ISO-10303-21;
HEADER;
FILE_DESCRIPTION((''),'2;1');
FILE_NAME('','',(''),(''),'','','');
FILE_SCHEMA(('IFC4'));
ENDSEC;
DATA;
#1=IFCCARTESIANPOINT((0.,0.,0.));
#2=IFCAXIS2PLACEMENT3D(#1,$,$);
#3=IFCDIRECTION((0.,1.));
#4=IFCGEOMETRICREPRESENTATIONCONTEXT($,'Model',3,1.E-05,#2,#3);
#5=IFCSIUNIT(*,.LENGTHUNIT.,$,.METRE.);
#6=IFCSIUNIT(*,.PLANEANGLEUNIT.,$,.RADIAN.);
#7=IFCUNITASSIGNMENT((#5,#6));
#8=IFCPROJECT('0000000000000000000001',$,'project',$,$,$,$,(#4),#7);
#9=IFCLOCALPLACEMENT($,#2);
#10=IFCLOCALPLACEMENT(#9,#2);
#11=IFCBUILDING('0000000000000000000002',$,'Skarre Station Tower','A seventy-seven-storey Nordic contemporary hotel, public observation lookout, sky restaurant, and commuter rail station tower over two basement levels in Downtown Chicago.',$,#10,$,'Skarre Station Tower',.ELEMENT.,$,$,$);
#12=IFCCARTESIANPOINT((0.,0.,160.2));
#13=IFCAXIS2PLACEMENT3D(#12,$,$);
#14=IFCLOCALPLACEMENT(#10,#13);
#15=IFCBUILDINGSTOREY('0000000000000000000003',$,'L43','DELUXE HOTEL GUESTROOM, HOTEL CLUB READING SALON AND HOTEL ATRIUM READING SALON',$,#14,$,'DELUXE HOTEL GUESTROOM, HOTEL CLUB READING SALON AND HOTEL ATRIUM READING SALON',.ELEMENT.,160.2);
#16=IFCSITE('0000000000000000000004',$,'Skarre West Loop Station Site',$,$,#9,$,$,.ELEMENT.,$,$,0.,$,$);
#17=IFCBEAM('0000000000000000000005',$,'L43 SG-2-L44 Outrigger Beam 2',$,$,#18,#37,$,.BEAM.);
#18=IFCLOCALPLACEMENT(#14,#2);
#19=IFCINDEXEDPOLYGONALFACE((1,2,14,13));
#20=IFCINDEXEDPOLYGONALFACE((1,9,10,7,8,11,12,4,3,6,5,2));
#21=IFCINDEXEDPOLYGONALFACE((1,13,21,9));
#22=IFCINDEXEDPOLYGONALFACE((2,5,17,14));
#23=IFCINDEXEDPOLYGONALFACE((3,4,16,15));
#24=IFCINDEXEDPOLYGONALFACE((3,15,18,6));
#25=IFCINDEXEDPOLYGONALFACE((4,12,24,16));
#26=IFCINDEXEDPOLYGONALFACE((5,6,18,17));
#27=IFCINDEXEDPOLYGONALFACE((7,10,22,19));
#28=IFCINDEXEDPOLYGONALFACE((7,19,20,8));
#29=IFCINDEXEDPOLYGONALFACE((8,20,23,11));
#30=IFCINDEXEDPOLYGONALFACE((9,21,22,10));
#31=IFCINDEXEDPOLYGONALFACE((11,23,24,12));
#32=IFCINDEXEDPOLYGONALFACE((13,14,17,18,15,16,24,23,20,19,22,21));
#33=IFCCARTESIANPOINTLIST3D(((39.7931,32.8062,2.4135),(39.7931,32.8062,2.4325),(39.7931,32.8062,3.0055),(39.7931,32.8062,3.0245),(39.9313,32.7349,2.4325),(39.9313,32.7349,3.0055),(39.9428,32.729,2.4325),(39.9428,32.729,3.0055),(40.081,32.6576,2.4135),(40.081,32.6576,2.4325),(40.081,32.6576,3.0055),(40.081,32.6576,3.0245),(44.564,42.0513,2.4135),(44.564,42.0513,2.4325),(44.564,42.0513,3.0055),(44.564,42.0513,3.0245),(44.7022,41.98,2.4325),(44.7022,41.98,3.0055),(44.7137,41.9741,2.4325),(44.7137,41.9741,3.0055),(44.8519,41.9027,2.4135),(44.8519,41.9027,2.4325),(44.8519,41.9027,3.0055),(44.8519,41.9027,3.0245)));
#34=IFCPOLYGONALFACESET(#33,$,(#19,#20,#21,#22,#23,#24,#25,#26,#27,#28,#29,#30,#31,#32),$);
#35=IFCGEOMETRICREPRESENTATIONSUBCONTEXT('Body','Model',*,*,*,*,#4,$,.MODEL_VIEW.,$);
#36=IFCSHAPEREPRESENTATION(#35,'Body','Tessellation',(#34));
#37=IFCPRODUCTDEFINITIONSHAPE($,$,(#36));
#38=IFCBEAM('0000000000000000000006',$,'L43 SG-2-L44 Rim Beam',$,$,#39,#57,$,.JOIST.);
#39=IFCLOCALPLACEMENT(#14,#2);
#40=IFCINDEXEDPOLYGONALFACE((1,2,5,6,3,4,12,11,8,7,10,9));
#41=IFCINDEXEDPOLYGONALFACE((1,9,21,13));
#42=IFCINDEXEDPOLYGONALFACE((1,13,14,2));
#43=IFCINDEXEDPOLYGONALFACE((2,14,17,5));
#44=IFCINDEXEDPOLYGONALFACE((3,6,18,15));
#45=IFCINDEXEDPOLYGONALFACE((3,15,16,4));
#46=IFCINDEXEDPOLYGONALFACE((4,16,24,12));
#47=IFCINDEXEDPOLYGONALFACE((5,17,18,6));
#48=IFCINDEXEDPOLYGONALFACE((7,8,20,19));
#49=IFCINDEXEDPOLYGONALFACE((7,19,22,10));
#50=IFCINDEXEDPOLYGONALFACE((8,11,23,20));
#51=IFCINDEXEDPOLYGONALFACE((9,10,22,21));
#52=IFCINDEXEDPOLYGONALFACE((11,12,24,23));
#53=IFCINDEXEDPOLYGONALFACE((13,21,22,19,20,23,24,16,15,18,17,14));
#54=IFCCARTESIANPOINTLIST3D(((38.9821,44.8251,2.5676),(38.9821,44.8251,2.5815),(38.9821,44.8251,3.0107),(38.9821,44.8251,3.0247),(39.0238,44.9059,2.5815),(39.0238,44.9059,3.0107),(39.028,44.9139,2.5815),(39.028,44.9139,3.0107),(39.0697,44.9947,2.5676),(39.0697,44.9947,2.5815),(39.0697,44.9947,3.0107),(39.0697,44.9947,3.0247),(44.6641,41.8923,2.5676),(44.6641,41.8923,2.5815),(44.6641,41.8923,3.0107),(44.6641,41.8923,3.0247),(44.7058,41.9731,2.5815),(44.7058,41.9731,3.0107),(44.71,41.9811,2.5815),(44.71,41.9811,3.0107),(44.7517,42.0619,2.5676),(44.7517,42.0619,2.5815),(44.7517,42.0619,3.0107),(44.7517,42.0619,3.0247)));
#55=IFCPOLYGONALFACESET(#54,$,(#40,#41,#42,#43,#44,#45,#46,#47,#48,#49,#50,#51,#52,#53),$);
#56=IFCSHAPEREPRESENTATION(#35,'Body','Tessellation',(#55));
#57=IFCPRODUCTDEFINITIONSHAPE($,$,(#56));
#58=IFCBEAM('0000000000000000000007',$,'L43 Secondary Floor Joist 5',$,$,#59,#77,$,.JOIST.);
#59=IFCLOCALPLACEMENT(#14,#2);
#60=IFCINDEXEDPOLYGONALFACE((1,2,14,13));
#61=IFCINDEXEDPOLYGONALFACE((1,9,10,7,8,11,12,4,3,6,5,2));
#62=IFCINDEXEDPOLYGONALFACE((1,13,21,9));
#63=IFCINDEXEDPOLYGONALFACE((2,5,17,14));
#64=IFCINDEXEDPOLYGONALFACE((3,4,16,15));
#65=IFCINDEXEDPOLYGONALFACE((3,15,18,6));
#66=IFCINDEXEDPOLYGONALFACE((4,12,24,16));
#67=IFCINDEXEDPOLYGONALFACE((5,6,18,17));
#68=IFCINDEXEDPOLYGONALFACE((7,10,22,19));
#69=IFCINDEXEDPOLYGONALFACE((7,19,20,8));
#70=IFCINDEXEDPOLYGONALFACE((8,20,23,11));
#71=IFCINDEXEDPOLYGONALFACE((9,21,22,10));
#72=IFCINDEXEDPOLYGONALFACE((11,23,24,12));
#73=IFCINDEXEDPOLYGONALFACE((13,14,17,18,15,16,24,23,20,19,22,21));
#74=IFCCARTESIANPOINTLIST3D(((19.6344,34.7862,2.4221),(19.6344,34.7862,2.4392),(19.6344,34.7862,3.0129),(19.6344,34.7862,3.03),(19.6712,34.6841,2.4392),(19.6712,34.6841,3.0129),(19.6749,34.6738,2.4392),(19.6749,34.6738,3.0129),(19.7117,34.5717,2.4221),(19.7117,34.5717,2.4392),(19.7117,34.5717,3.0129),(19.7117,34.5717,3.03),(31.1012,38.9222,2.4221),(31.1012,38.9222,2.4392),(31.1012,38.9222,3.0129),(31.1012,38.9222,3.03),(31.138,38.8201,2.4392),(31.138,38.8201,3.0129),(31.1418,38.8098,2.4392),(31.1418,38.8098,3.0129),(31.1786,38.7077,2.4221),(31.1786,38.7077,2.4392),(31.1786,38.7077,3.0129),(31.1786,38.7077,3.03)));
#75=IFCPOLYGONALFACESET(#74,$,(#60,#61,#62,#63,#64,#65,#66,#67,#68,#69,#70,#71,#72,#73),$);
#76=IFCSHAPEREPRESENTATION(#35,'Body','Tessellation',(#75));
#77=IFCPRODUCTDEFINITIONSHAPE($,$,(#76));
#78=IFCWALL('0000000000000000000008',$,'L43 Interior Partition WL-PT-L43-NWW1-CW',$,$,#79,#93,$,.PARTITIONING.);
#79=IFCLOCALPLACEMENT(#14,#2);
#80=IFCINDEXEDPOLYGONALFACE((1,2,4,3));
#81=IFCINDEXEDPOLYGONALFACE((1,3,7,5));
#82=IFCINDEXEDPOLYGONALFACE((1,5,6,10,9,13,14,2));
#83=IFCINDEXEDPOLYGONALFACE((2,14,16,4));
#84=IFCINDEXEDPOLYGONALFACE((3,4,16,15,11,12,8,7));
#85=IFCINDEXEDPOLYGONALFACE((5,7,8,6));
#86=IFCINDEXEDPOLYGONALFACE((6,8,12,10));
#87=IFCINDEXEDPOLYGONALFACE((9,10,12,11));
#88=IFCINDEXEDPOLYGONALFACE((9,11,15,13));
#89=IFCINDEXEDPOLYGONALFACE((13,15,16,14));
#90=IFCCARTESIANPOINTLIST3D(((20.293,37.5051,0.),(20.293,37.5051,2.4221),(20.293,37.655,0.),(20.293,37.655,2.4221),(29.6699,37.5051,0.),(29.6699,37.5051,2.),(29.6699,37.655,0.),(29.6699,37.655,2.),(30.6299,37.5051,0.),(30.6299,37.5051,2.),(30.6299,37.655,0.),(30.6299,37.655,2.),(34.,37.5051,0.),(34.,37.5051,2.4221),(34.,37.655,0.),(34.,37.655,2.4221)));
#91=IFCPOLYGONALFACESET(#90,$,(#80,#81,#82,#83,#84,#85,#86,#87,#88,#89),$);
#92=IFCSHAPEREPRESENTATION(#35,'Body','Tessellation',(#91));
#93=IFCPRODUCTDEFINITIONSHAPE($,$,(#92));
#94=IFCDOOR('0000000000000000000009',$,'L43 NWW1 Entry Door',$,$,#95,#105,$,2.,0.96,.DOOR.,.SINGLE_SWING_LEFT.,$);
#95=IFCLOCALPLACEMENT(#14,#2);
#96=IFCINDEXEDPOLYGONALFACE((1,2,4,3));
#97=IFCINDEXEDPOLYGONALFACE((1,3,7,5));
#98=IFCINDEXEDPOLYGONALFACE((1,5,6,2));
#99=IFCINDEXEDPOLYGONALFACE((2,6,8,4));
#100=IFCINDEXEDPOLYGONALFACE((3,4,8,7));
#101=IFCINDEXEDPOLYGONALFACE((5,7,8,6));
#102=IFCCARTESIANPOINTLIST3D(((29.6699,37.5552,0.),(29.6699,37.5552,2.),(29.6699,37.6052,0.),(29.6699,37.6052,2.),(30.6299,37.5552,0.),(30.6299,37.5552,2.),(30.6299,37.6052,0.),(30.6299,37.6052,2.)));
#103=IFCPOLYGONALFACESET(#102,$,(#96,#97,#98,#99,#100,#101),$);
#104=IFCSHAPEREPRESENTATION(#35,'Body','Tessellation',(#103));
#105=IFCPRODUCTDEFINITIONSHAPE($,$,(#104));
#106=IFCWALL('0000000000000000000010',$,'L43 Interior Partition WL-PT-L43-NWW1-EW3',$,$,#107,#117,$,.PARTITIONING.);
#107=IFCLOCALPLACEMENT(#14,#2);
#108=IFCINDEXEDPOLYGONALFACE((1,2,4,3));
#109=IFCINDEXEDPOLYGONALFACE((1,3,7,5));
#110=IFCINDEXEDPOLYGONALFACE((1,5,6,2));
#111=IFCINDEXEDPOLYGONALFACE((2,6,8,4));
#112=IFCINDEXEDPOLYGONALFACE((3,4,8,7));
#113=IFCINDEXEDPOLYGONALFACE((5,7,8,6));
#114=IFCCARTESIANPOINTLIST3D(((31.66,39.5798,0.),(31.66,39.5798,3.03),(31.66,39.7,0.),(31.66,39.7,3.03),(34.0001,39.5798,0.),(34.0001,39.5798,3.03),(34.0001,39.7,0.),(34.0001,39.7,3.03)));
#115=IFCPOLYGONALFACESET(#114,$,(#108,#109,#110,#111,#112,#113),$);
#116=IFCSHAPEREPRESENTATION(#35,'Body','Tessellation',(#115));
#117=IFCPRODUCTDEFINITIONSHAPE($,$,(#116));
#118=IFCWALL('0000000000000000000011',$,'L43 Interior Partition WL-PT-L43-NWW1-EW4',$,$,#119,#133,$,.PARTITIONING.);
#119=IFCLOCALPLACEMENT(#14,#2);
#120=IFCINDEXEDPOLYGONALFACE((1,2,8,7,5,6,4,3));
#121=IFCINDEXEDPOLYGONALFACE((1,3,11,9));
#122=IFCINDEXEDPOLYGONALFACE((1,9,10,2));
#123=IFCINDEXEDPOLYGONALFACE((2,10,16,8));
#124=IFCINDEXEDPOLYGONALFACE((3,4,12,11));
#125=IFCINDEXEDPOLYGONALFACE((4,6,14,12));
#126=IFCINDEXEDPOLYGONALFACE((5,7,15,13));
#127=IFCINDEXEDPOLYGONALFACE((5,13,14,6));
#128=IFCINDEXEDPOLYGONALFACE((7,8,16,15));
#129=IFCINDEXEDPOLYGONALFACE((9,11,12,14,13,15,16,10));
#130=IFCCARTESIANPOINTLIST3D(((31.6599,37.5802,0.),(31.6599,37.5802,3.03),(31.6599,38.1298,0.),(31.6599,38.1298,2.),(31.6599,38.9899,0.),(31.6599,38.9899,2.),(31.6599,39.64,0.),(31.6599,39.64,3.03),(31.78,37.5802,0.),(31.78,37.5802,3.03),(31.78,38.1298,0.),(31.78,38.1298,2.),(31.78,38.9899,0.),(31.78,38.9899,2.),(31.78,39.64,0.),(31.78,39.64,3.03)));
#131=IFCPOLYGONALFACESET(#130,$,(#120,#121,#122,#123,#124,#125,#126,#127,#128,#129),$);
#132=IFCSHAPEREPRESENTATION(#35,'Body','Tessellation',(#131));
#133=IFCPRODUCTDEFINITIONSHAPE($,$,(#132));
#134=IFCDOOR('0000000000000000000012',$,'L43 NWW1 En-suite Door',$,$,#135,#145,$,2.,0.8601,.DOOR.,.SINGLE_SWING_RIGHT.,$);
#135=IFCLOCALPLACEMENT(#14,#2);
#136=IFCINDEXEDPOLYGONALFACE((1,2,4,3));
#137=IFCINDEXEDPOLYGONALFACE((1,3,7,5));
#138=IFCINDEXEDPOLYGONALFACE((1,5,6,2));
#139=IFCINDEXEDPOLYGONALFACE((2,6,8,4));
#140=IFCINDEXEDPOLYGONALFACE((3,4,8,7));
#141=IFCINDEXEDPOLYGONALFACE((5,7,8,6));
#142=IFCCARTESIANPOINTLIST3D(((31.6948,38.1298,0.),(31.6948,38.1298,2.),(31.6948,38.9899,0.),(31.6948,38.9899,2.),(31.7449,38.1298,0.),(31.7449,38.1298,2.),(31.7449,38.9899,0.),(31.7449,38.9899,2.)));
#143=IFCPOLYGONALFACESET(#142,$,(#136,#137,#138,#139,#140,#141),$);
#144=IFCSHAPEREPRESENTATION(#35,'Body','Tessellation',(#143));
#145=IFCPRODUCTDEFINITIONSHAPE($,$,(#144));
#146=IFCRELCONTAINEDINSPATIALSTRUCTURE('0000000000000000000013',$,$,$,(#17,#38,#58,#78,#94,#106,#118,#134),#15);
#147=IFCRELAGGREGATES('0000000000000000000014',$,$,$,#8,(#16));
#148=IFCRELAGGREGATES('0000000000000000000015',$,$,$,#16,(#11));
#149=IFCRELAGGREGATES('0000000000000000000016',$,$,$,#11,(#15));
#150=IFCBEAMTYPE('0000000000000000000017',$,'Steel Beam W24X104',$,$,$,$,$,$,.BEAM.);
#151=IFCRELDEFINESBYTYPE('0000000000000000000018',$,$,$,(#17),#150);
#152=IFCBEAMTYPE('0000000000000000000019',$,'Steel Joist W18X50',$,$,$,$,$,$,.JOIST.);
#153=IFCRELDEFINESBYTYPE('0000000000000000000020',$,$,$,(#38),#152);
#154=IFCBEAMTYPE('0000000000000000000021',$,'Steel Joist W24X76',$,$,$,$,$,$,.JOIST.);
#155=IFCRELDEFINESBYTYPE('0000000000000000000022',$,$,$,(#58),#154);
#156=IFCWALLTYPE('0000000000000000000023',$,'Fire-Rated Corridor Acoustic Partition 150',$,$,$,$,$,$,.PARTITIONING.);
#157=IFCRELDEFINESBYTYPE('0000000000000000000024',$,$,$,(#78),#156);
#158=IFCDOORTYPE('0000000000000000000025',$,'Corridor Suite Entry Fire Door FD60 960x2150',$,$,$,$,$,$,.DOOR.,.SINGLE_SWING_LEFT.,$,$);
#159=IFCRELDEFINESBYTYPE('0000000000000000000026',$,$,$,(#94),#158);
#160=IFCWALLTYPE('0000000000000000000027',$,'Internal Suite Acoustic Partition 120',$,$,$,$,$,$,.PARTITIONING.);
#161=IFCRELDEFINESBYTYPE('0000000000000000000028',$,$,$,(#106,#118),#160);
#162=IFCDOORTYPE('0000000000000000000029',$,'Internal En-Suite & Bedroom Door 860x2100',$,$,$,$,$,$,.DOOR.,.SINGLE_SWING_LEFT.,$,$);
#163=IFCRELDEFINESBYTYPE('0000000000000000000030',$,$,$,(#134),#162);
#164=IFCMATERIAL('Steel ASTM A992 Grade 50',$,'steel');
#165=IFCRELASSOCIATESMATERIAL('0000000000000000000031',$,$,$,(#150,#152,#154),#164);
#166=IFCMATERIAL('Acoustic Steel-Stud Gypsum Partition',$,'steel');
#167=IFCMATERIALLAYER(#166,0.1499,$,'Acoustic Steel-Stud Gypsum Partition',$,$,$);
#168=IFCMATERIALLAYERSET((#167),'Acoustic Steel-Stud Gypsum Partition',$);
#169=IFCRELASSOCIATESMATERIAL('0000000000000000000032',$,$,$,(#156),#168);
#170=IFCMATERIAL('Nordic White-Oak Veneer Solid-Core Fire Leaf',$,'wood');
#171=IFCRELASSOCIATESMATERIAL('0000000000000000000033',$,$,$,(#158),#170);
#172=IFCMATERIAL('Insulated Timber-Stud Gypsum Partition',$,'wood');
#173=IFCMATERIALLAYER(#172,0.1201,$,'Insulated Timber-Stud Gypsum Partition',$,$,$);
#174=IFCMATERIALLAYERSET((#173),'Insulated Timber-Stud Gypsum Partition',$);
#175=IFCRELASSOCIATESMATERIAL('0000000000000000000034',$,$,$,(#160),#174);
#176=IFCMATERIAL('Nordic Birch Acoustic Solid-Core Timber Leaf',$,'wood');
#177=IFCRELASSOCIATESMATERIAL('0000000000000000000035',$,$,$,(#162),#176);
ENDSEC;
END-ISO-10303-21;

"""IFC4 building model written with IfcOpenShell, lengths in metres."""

from ifc_helpers import new_model, si_unit, direction, frame, frame_2d, origin, origin_2d, place, context, subcontext, project, spatial, rectangle, i_section, extrude, material, layer, layer_set, material_profile, profile_set, type_object, element, fill, save


model = new_model("IFC4")

# Units and contexts
model_context = context("Model", 3, precision=1e-05, world=origin(), true_north=direction((0.0, 1.0)))
body_context = subcontext(model_context, "Body", "Model", "MODEL_VIEW")
ifc_project = project(units=[si_unit("LENGTHUNIT", "METRE"), si_unit("PLANEANGLEUNIT", "RADIAN")], contexts=[model_context])

# Site, building, storey
site_placement = place(None, origin())
site = spatial("IfcSite", under=ifc_project, at=site_placement, Name="Skarre West Loop Station Site", CompositionType="ELEMENT", RefElevation=0.0)
building_placement = place(site_placement, origin())
building = spatial("IfcBuilding", under=site, at=building_placement, Name="Skarre Station Tower", Description="A seventy-seven-storey Nordic contemporary hotel, public observation lookout, sky restaurant, and commuter rail station tower over two basement levels in Downtown Chicago.", LongName="Skarre Station Tower", CompositionType="ELEMENT")
storey_placement = place(building_placement, frame((0.0, 0.0, 160.2)))
storey = spatial("IfcBuildingStorey", under=building, at=storey_placement, Name="L43", Description="DELUXE HOTEL GUESTROOM, HOTEL CLUB READING SALON AND HOTEL ATRIUM READING SALON", LongName="DELUXE HOTEL GUESTROOM, HOTEL CLUB READING SALON AND HOTEL ATRIUM READING SALON", CompositionType="ELEMENT", Elevation=160.2)

# Beams
ifc_material_1 = material(Name="Steel ASTM A992 Grade 50", Category="steel")
ifc_material_profile_1 = material_profile(ifc_material_1, i_section(OverallWidth=0.324, OverallDepth=0.6111, WebThickness=0.0129, FlangeThickness=0.019, at=origin_2d()), Name="Steel ASTM A992 Grade 50")
ifc_profile_set_1 = profile_set([ifc_material_profile_1], Name="Steel ASTM A992 Grade 50")
beam_type_1 = type_object("IfcBeamType", Name="Steel Beam W24X104", PredefinedType="BEAM", material=ifc_profile_set_1)
beam_1_placement = place(storey_placement, frame((39.937, 32.7319, 2.719), z_axis=(0.458592, 0.888647, 0.0), x_axis=(-0.888647, 0.458592, 0.0)))
element("IfcBeam", 1, at=beam_1_placement, inside=storey, type_object=beam_type_1, Name="L43 SG-2-L44 Outrigger Beam 2", PredefinedType="BEAM", context=body_context, shape_type="SweptSolid", body=[
    extrude(i_section(OverallWidth=0.324, OverallDepth=0.6111, WebThickness=0.0129, FlangeThickness=0.019, at=origin_2d()), origin(), (0.0, 0.0, 1.0), 10.4036),
])
ifc_material_profile_2 = material_profile(ifc_material_1, i_section(OverallWidth=0.1909, OverallDepth=0.457, WebThickness=0.009, FlangeThickness=0.0139, at=origin_2d()), Name="Steel ASTM A992 Grade 50")
ifc_profile_set_2 = profile_set([ifc_material_profile_2], Name="Steel ASTM A992 Grade 50")
beam_type_2 = type_object("IfcBeamType", Name="Steel Joist W18X50", PredefinedType="JOIST", material=ifc_profile_set_2)
beam_2_placement = place(storey_placement, frame((39.0259, 44.9099, 2.7961), z_axis=(0.888611, -0.458661, 0.0), x_axis=(0.458661, 0.888611, 0.0)))
element("IfcBeam", 2, at=beam_2_placement, inside=storey, type_object=beam_type_2, Name="L43 SG-2-L44 Rim Beam", PredefinedType="JOIST", context=body_context, shape_type="SweptSolid", body=[
    extrude(i_section(OverallWidth=0.1909, OverallDepth=0.457, WebThickness=0.009, FlangeThickness=0.0139, at=origin_2d()), origin(), (0.0, 0.0, 1.0), 6.3943),
])
ifc_material_profile_3 = material_profile(ifc_material_1, i_section(OverallWidth=0.228, OverallDepth=0.6079, WebThickness=0.011, FlangeThickness=0.0171, at=origin_2d()), Name="Steel ASTM A992 Grade 50")
ifc_profile_set_3 = profile_set([ifc_material_profile_3], Name="Steel ASTM A992 Grade 50")
beam_type_3 = type_object("IfcBeamType", Name="Steel Joist W24X76", PredefinedType="JOIST", material=ifc_profile_set_3)
beam_3_placement = place(storey_placement, frame((31.1399, 38.8149, 2.7261), z_axis=(-0.94068, -0.339296, 0.0), x_axis=(0.339296, -0.94068, 0.0)))
element("IfcBeam", 3, at=beam_3_placement, inside=storey, type_object=beam_type_3, Name="L43 Secondary Floor Joist 5", PredefinedType="JOIST", context=body_context, shape_type="SweptSolid", body=[
    extrude(i_section(OverallWidth=0.228, OverallDepth=0.6079, WebThickness=0.011, FlangeThickness=0.0171, at=origin_2d()), origin(), (0.0, 0.0, 1.0), 12.1899),
])

# Wall, opening, door
ifc_material_2 = material(Name="Acoustic Steel-Stud Gypsum Partition", Category="steel")
ifc_layer_1 = layer(ifc_material_2, 0.1499, Name="Acoustic Steel-Stud Gypsum Partition")
ifc_layer_set_1 = layer_set([ifc_layer_1], Name="Acoustic Steel-Stud Gypsum Partition")
wall_type_1 = type_object("IfcWallType", Name="Fire-Rated Corridor Acoustic Partition 150", PredefinedType="PARTITIONING", material=ifc_layer_set_1)
wall_1_placement = place(storey_placement, frame((34.0, 37.5801, 0.0), z_axis=(0.0, 0.0, 1.0), x_axis=(-1.0, 0.0, 0.0)))
wall_1 = element("IfcWall", 4, at=wall_1_placement, inside=storey, type_object=wall_type_1, Name="L43 Interior Partition WL-PT-L43-NWW1-CW", PredefinedType="PARTITIONING", context=body_context, shape_type="SweptSolid", body=[
    extrude(rectangle(XDim=13.707, YDim=0.1499, at=frame_2d((6.8535, 0.0))), origin(), (0.0, 0.0, 1.0), 2.4221),
])
opening_1_placement = place(wall_1_placement, frame((3.3701, 0.0, 0.0)))
opening_1 = element("IfcOpeningElement", 5, at=opening_1_placement, cuts=wall_1, PredefinedType="OPENING", context=body_context, shape_type="SweptSolid", body=[
    extrude(rectangle(XDim=0.96, YDim=2.0, at=frame_2d((0.48, 1.0))), frame((0.0, 0.085, 0.0), z_axis=(0.0, -1.0, 0.0), x_axis=(1.0, 0.0, 0.0)), (0.0, 0.0, 1.0), 0.1699),
])
ifc_material_3 = material(Name="Nordic White-Oak Veneer Solid-Core Fire Leaf", Category="wood")
door_type_1 = type_object("IfcDoorType", Name="Corridor Suite Entry Fire Door FD60 960x2150", OperationType="SINGLE_SWING_LEFT", PredefinedType="DOOR", material=ifc_material_3)
door_1_placement = place(opening_1_placement, origin())
door_1 = element("IfcDoor", 6, at=door_1_placement, inside=storey, type_object=door_type_1, Name="L43 NWW1 Entry Door", OperationType="SINGLE_SWING_LEFT", OverallHeight=2.0, OverallWidth=0.96, PredefinedType="DOOR", context=body_context, shape_type="SweptSolid", body=[
    extrude(rectangle(XDim=0.96, YDim=2.0, at=frame_2d((0.48, 1.0))), frame((0.0, 0.0249, 0.0), z_axis=(0.0, -1.0, 0.0), x_axis=(1.0, 0.0, 0.0)), (0.0, 0.0, 1.0), 0.05),
])
fill(opening_1, door_1)

# Wall
ifc_material_4 = material(Name="Insulated Timber-Stud Gypsum Partition", Category="wood")
ifc_layer_2 = layer(ifc_material_4, 0.1201, Name="Insulated Timber-Stud Gypsum Partition")
ifc_layer_set_2 = layer_set([ifc_layer_2], Name="Insulated Timber-Stud Gypsum Partition")
wall_type_2 = type_object("IfcWallType", Name="Internal Suite Acoustic Partition 120", PredefinedType="PARTITIONING", material=ifc_layer_set_2)
wall_2_placement = place(storey_placement, frame((34.0, 39.6399, 0.0), z_axis=(0.0, 0.0, 1.0), x_axis=(-1.0, 0.0, 0.0)))
element("IfcWall", 7, at=wall_2_placement, inside=storey, type_object=wall_type_2, Name="L43 Interior Partition WL-PT-L43-NWW1-EW3", PredefinedType="PARTITIONING", context=body_context, shape_type="SweptSolid", body=[
    extrude(rectangle(XDim=2.3401, YDim=0.1201, at=frame_2d((1.1699, 0.0))), origin(), (0.0, 0.0, 1.0), 3.03),
])

# Wall, opening, door
wall_3_placement = place(storey_placement, frame((31.72, 39.6399, 0.0), z_axis=(0.0, 0.0, 1.0), x_axis=(0.0, -1.0, 0.0)))
wall_3 = element("IfcWall", 8, at=wall_3_placement, inside=storey, type_object=wall_type_2, Name="L43 Interior Partition WL-PT-L43-NWW1-EW4", PredefinedType="PARTITIONING", context=body_context, shape_type="SweptSolid", body=[
    extrude(rectangle(XDim=2.0598, YDim=0.1201, at=frame_2d((1.0298, 0.0))), origin(), (0.0, 0.0, 1.0), 3.03),
])
opening_2_placement = place(wall_3_placement, frame((0.6499, 0.0, 0.0)))
opening_2 = element("IfcOpeningElement", 9, at=opening_2_placement, cuts=wall_3, PredefinedType="OPENING", context=body_context, shape_type="SweptSolid", body=[
    extrude(rectangle(XDim=0.8601, YDim=2.0, at=frame_2d((0.4302, 1.0))), frame((0.0, 0.0701, 0.0), z_axis=(0.0, -1.0, 0.0), x_axis=(1.0, 0.0, 0.0)), (0.0, 0.0, 1.0), 0.1401),
])
ifc_material_5 = material(Name="Nordic Birch Acoustic Solid-Core Timber Leaf", Category="wood")
door_type_2 = type_object("IfcDoorType", Name="Internal En-Suite & Bedroom Door 860x2100", OperationType="SINGLE_SWING_LEFT", PredefinedType="DOOR", material=ifc_material_5)
door_2_placement = place(opening_2_placement, origin())
door_2 = element("IfcDoor", 10, at=door_2_placement, inside=storey, type_object=door_type_2, Name="L43 NWW1 En-suite Door", OperationType="SINGLE_SWING_RIGHT", OverallHeight=2.0, OverallWidth=0.8601, PredefinedType="DOOR", context=body_context, shape_type="SweptSolid", body=[
    extrude(rectangle(XDim=0.8601, YDim=2.0, at=frame_2d((0.4302, 1.0))), frame((0.0, 0.0249, 0.0), z_axis=(0.0, -1.0, 0.0), x_axis=(1.0, 0.0, 0.0)), (0.0, 0.0, 1.0), 0.05),
])
fill(opening_2, door_2)

save(model, "model.ifc")
